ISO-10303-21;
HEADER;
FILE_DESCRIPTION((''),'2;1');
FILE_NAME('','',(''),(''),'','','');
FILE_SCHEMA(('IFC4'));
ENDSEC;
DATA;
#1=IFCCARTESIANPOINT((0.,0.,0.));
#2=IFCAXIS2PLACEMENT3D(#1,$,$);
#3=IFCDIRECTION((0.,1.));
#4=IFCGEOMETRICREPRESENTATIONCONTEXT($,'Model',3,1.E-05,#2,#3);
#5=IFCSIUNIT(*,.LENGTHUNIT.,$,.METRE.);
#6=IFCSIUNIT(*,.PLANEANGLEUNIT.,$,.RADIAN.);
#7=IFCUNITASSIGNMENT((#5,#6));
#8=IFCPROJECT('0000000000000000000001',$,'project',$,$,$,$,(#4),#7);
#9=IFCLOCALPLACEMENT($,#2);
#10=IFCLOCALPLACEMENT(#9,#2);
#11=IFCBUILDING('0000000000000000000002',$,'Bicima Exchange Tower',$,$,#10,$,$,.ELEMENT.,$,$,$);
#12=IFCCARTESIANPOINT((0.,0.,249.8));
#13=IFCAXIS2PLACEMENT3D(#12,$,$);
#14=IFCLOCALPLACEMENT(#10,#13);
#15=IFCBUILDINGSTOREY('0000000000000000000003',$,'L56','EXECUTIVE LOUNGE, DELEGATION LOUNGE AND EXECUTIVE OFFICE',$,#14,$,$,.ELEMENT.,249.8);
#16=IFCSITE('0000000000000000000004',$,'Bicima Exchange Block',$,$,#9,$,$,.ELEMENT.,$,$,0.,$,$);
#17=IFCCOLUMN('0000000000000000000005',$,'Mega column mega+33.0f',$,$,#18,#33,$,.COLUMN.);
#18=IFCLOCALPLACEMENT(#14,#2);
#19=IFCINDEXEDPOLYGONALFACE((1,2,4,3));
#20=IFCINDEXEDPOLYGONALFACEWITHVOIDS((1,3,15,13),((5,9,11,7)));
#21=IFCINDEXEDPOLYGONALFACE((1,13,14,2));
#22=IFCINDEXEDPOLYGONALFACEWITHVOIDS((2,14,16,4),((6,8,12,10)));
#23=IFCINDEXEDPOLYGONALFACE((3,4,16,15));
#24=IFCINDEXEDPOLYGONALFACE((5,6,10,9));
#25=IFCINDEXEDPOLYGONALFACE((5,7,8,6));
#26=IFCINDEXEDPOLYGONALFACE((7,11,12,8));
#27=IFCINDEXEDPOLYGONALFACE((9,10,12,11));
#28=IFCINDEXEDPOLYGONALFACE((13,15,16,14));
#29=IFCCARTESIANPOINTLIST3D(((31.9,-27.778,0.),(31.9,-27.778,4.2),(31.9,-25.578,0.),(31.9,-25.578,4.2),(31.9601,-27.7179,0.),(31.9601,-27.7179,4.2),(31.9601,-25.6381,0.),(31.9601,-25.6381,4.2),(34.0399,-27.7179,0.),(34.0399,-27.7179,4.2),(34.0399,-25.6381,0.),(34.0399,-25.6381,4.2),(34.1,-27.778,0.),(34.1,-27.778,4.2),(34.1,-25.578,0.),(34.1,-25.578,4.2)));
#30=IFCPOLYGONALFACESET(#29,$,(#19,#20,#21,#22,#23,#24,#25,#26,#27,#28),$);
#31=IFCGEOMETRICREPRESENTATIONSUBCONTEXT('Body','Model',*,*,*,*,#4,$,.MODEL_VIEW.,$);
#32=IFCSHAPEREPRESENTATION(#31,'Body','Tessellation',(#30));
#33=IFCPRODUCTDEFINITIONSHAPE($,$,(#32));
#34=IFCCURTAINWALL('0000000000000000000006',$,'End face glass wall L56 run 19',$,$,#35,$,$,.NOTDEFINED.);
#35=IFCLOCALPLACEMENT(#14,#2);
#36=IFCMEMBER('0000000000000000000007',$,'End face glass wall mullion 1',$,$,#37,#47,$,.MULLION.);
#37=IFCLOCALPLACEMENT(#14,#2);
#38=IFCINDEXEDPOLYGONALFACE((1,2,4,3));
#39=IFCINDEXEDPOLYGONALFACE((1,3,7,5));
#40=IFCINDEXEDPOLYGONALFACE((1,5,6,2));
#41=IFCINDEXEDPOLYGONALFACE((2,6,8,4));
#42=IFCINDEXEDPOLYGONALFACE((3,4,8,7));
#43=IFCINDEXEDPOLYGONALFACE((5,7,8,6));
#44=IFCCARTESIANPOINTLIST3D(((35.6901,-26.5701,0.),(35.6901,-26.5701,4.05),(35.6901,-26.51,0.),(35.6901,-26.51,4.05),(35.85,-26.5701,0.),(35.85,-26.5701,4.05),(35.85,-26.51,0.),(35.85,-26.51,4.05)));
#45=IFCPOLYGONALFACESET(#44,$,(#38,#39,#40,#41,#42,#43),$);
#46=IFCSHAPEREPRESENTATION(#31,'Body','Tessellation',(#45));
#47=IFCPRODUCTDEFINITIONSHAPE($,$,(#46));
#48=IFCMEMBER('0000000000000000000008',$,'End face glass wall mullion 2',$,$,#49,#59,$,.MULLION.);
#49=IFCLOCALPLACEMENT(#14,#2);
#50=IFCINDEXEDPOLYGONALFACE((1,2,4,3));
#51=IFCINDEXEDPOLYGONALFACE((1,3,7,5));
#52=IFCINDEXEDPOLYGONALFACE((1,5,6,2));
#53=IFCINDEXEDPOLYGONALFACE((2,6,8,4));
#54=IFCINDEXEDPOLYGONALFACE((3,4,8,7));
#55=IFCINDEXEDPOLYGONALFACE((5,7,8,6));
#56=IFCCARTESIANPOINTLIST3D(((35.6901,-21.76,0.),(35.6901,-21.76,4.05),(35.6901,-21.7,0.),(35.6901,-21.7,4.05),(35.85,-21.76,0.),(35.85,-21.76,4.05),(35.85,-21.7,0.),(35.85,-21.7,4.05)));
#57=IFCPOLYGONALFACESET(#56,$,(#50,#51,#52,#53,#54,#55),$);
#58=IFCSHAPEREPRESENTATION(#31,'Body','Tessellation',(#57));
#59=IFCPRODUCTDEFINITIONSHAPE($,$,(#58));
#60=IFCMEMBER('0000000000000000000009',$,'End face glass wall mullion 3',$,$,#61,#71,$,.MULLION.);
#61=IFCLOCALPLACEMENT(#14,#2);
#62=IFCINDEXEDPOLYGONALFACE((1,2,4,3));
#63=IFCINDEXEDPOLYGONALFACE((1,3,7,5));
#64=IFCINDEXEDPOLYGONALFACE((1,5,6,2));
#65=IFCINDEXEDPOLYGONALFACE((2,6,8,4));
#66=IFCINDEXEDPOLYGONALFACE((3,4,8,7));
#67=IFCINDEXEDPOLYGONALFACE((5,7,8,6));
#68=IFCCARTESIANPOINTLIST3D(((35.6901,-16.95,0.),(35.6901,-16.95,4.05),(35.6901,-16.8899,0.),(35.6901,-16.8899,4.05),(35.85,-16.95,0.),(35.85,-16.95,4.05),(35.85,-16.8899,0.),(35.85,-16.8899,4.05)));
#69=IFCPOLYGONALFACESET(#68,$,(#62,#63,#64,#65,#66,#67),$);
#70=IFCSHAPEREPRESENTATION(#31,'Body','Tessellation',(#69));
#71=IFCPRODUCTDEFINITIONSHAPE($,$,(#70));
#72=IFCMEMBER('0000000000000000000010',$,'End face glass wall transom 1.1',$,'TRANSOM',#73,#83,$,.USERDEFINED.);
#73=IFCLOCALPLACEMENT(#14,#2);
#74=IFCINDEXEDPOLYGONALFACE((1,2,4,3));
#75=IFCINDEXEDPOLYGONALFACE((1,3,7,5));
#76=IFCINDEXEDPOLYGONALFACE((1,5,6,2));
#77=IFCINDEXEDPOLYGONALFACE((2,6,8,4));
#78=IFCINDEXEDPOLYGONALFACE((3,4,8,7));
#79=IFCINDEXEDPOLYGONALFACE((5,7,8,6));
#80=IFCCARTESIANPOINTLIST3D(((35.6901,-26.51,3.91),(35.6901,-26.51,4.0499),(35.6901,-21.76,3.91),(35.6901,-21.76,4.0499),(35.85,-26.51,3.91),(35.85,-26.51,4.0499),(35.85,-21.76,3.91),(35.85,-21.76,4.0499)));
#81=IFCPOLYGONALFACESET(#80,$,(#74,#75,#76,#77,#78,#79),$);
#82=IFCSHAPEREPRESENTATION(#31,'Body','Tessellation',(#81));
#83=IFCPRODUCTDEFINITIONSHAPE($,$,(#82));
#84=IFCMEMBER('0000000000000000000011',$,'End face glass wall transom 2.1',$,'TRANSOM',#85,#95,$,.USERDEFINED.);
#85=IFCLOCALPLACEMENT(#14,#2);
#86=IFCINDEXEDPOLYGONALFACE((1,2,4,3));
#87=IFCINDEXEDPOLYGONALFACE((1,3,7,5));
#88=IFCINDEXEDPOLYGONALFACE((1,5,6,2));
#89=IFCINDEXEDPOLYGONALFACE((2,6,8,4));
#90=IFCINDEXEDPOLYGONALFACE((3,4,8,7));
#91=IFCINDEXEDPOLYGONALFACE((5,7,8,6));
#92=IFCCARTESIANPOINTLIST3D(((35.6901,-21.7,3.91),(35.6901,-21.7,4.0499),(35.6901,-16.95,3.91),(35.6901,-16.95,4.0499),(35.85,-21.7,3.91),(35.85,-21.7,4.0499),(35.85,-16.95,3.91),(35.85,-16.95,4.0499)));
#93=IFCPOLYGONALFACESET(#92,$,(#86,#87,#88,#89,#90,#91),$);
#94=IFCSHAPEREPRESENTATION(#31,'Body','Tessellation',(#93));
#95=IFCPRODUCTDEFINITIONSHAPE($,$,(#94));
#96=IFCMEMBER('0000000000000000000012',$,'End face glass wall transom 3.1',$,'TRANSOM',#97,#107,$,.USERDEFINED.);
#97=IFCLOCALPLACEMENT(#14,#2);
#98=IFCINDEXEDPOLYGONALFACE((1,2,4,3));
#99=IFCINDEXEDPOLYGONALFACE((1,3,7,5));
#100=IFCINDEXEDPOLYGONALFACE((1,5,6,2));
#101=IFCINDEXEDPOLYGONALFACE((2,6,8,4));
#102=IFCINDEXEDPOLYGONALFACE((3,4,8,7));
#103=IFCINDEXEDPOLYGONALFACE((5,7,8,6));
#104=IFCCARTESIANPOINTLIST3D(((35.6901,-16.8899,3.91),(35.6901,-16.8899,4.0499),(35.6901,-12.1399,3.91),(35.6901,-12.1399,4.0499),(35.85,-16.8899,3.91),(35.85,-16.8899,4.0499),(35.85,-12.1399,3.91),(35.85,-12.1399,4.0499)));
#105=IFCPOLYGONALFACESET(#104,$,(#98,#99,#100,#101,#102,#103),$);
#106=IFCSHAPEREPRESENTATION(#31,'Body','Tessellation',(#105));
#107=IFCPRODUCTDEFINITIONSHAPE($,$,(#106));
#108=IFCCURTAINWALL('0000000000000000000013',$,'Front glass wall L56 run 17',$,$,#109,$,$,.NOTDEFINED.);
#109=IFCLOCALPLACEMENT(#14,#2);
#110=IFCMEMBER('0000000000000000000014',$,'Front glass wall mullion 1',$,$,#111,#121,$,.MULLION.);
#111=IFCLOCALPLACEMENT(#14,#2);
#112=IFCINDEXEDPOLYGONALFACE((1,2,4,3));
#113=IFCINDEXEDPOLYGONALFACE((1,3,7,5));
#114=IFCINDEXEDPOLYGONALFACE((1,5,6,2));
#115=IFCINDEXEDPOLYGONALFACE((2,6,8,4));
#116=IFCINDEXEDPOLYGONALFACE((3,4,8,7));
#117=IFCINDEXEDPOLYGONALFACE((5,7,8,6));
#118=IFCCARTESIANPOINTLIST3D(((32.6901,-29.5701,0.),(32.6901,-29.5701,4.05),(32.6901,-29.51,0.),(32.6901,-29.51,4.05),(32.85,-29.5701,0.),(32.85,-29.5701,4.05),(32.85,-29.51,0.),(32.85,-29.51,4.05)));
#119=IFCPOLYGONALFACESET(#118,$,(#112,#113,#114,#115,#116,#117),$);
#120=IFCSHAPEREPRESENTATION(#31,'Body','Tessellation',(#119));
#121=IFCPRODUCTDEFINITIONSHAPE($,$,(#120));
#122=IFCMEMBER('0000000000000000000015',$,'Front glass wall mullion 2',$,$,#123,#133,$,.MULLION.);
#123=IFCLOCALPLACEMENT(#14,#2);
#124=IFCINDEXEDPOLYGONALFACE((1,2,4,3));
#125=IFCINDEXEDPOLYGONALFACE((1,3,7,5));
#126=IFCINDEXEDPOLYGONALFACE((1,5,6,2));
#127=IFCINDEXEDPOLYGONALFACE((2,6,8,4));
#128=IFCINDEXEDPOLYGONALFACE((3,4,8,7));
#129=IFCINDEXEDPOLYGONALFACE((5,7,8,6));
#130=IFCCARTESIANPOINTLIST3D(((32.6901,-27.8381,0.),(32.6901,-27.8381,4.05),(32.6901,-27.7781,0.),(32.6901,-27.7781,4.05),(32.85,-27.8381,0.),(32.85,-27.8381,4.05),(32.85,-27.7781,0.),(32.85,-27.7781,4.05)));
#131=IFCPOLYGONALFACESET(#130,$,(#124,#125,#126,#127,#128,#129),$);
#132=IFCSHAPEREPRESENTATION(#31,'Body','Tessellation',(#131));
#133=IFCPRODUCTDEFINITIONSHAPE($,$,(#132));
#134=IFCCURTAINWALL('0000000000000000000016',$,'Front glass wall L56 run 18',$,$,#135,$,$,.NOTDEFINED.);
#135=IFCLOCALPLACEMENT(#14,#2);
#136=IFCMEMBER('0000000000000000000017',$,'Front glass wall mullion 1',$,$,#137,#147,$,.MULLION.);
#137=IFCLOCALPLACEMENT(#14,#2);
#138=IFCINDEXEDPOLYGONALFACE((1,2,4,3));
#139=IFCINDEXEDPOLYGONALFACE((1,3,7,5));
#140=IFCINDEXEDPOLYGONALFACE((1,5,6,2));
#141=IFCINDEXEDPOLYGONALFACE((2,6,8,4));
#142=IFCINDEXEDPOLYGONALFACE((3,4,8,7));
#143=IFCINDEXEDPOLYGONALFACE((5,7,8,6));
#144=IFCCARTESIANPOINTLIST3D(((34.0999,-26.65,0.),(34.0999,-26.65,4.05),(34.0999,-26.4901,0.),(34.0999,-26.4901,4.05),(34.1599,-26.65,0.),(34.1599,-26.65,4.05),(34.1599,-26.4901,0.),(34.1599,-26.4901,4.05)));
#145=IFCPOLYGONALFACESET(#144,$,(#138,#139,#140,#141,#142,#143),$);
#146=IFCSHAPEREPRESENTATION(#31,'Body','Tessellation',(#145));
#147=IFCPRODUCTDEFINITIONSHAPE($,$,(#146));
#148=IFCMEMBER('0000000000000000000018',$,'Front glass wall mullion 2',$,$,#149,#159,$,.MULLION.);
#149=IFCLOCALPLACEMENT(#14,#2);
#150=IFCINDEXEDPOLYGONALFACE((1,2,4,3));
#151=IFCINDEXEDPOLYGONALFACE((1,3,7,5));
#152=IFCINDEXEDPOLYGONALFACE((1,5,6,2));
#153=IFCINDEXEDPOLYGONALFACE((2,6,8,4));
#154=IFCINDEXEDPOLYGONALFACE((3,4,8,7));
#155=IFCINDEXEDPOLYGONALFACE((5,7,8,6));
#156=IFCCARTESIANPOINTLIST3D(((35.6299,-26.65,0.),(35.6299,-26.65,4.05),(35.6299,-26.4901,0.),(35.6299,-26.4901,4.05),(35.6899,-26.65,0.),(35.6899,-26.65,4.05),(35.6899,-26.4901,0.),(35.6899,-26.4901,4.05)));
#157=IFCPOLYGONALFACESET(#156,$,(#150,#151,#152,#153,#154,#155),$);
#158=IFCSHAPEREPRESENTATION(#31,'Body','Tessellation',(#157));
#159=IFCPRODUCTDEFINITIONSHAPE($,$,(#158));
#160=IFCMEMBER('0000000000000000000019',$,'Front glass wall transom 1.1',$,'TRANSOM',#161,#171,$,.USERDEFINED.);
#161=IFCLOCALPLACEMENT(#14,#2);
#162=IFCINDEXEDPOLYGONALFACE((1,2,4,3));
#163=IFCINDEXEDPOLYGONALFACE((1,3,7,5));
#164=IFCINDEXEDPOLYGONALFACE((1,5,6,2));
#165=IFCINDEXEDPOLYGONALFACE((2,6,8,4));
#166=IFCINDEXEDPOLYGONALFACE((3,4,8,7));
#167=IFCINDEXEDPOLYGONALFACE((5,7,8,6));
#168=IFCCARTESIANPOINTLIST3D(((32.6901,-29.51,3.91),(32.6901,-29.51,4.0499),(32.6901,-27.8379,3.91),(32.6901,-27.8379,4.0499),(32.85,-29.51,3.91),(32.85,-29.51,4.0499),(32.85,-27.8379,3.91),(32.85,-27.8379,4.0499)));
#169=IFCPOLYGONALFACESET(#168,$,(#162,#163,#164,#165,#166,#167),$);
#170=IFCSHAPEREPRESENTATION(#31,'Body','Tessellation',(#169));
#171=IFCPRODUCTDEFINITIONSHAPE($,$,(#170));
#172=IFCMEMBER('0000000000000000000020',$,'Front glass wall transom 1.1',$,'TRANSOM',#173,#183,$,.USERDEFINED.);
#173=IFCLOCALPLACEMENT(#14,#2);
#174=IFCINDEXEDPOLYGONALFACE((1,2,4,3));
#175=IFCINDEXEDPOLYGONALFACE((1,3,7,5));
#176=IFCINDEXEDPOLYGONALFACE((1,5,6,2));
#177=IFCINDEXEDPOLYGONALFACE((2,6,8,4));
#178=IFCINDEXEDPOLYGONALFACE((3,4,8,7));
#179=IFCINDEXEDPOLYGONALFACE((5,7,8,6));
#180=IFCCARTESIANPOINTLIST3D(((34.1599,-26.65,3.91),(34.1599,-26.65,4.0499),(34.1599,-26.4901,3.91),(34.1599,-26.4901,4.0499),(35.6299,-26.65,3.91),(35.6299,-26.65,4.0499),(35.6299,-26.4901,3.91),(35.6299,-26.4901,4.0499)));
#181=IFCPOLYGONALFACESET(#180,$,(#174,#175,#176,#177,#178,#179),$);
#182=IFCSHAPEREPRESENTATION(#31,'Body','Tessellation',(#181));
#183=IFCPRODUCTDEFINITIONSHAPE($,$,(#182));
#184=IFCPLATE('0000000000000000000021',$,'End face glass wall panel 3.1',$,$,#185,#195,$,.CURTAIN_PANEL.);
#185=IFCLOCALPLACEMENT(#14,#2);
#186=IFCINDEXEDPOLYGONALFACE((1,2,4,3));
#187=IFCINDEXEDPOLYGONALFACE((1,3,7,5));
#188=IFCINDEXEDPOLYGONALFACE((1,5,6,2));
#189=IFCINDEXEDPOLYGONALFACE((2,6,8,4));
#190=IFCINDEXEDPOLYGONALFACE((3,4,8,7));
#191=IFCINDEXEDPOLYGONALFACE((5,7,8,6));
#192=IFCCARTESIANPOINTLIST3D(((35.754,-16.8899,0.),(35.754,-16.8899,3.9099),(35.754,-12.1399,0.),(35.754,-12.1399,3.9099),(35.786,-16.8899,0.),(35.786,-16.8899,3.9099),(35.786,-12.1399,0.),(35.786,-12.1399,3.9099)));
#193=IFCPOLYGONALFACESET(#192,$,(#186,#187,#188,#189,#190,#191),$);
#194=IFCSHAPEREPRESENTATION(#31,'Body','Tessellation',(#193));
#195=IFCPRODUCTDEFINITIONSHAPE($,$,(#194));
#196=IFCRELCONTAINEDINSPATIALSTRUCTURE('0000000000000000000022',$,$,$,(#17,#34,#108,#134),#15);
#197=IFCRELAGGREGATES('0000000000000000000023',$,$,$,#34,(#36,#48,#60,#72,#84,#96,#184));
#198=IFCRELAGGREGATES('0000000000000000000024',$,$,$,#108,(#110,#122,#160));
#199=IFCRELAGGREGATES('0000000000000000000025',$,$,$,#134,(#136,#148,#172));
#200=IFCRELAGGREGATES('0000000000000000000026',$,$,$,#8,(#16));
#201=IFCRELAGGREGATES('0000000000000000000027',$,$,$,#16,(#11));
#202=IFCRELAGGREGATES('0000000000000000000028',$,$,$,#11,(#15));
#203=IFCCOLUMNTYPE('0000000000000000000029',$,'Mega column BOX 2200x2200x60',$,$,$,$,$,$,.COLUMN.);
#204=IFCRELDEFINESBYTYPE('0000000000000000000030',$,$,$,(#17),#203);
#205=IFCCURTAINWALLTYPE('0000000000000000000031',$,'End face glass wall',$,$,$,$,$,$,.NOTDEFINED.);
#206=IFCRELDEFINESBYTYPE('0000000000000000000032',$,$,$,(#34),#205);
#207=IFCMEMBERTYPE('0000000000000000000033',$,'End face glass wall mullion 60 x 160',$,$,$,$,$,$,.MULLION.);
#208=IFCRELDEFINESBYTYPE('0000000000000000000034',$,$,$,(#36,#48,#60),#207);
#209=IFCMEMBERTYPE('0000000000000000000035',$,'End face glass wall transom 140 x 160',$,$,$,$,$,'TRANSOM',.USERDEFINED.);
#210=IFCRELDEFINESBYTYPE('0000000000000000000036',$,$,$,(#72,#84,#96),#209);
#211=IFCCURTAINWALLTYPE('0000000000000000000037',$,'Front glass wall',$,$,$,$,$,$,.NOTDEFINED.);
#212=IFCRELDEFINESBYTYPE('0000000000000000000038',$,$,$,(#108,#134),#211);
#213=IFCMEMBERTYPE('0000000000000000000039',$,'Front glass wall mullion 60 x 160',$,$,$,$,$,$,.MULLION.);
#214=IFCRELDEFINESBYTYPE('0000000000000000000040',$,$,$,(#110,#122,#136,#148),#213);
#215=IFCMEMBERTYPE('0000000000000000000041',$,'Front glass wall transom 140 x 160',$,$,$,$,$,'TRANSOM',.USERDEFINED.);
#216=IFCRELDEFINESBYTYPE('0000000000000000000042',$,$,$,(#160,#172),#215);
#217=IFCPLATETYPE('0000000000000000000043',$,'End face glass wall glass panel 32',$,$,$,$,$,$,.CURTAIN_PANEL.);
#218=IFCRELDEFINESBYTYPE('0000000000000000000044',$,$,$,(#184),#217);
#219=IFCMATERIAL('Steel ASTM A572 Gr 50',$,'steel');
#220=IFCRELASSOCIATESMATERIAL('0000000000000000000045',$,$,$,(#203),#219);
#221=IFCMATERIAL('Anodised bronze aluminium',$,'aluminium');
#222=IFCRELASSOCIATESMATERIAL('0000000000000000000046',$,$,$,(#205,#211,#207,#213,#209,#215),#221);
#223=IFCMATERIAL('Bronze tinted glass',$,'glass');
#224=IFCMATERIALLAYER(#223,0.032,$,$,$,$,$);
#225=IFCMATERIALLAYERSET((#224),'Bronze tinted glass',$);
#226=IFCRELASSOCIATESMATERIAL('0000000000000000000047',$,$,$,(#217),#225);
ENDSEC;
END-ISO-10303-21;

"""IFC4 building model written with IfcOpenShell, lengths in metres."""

from ifc_helpers import new_model, si_unit, direction, frame, origin, origin_2d, place, context, subcontext, project, spatial, rectangle, hollow_rectangle, extrude, material, layer, layer_set, material_profile, profile_set, type_object, element, aggregate, save


model = new_model("IFC4")

# Units and contexts
model_context = context("Model", 3, precision=1e-05, world=origin(), true_north=direction((0.0, 1.0)))
body_context = subcontext(model_context, "Body", "Model", "MODEL_VIEW")
ifc_project = project(units=[si_unit("LENGTHUNIT", "METRE"), si_unit("PLANEANGLEUNIT", "RADIAN")], contexts=[model_context])

# Site, building, storey
site_placement = place(None, origin())
site = spatial("IfcSite", under=ifc_project, at=site_placement, Name="Bicima Exchange Block", CompositionType="ELEMENT", RefElevation=0.0)
building_placement = place(site_placement, origin())
building = spatial("IfcBuilding", under=site, at=building_placement, Name="Bicima Exchange Tower", CompositionType="ELEMENT")
storey_placement = place(building_placement, frame((0.0, 0.0, 249.8)))
storey = spatial("IfcBuildingStorey", under=building, at=storey_placement, Name="L56", Description="EXECUTIVE LOUNGE, DELEGATION LOUNGE AND EXECUTIVE OFFICE", CompositionType="ELEMENT", Elevation=249.8)

# Column
ifc_material_1 = material(Name="Steel ASTM A572 Gr 50", Category="steel")
ifc_material_profile_1 = material_profile(ifc_material_1, hollow_rectangle(XDim=2.2, YDim=2.2, WallThickness=0.0601, at=origin_2d()))
ifc_profile_set_1 = profile_set([ifc_material_profile_1], Name="Steel ASTM A572 Gr 50")
column_type = type_object("IfcColumnType", Name="Mega column BOX 2200x2200x60", PredefinedType="COLUMN", material=ifc_profile_set_1)
column_placement = place(storey_placement, frame((33.0, -26.678, 0.0), z_axis=(0.0, 0.0, 1.0), x_axis=(1.0, 0.0, 0.0)))
element("IfcColumn", 1, at=column_placement, inside=storey, type_object=column_type, Name="Mega column mega+33.0f", PredefinedType="COLUMN", context=body_context, shape_type="SweptSolid", body=[
    extrude(hollow_rectangle(XDim=2.2, YDim=2.2, WallThickness=0.0601, at=origin_2d()), origin(), (0.0, 0.0, 1.0), 4.2),
])

# Curtain walls, members
ifc_material_2 = material(Name="Anodised bronze aluminium", Category="aluminium")
curtain_wall_type_1 = type_object("IfcCurtainWallType", Name="End face glass wall", PredefinedType="NOTDEFINED", material=ifc_material_2)
curtain_wall_1_placement = place(storey_placement, origin())
curtain_wall_1 = element("IfcCurtainWall", 2, at=curtain_wall_1_placement, inside=storey, type_object=curtain_wall_type_1, Name="End face glass wall L56 run 19", PredefinedType="NOTDEFINED")
ifc_material_profile_2 = material_profile(ifc_material_2, rectangle(XDim=0.1599, YDim=0.0601, at=origin_2d()))
ifc_profile_set_2 = profile_set([ifc_material_profile_2], Name="Anodised bronze aluminium")
member_type_1 = type_object("IfcMemberType", Name="End face glass wall mullion 60 x 160", PredefinedType="MULLION", material=ifc_profile_set_2)
member_1_placement = place(storey_placement, frame((35.77, -26.54, 0.0), z_axis=(0.0, 0.0, 1.0), x_axis=(-1.0, 0.0, 0.0)))
member_1 = element("IfcMember", 3, at=member_1_placement, type_object=member_type_1, Name="End face glass wall mullion 1", PredefinedType="MULLION", context=body_context, shape_type="SweptSolid", body=[
    extrude(rectangle(XDim=0.1599, YDim=0.0601, at=origin_2d()), origin(), (0.0, 0.0, 1.0), 4.05),
])
member_2_placement = place(storey_placement, frame((35.77, -21.73, 0.0), z_axis=(0.0, 0.0, 1.0), x_axis=(-1.0, 0.0, 0.0)))
member_2 = element("IfcMember", 4, at=member_2_placement, type_object=member_type_1, Name="End face glass wall mullion 2", PredefinedType="MULLION", context=body_context, shape_type="SweptSolid", body=[
    extrude(rectangle(XDim=0.1599, YDim=0.0601, at=origin_2d()), origin(), (0.0, 0.0, 1.0), 4.05),
])
member_3_placement = place(storey_placement, frame((35.77, -16.9199, 0.0), z_axis=(0.0, 0.0, 1.0), x_axis=(-1.0, 0.0, 0.0)))
member_3 = element("IfcMember", 5, at=member_3_placement, type_object=member_type_1, Name="End face glass wall mullion 3", PredefinedType="MULLION", context=body_context, shape_type="SweptSolid", body=[
    extrude(rectangle(XDim=0.1599, YDim=0.0601, at=origin_2d()), origin(), (0.0, 0.0, 1.0), 4.05),
])
ifc_material_profile_3 = material_profile(ifc_material_2, rectangle(XDim=0.1599, YDim=0.1399, at=origin_2d()))
ifc_profile_set_3 = profile_set([ifc_material_profile_3], Name="Anodised bronze aluminium")
member_type_2 = type_object("IfcMemberType", Name="End face glass wall transom 140 x 160", ElementType="TRANSOM", PredefinedType="USERDEFINED", material=ifc_profile_set_3)
member_4_placement = place(storey_placement, frame((35.77, -26.51, 3.98), z_axis=(0.0, 1.0, 0.0), x_axis=(-1.0, 0.0, 0.0)))
member_4 = element("IfcMember", 6, at=member_4_placement, type_object=member_type_2, Name="End face glass wall transom 1.1", ObjectType="TRANSOM", PredefinedType="USERDEFINED", context=body_context, shape_type="SweptSolid", body=[
    extrude(rectangle(XDim=0.1599, YDim=0.1399, at=origin_2d()), origin(), (0.0, 0.0, 1.0), 4.75),
])
member_5_placement = place(storey_placement, frame((35.77, -21.7, 3.98), z_axis=(0.0, 1.0, 0.0), x_axis=(-1.0, 0.0, 0.0)))
member_5 = element("IfcMember", 7, at=member_5_placement, type_object=member_type_2, Name="End face glass wall transom 2.1", ObjectType="TRANSOM", PredefinedType="USERDEFINED", context=body_context, shape_type="SweptSolid", body=[
    extrude(rectangle(XDim=0.1599, YDim=0.1399, at=origin_2d()), origin(), (0.0, 0.0, 1.0), 4.75),
])
member_6_placement = place(storey_placement, frame((35.77, -16.8899, 3.98), z_axis=(0.0, 1.0, 0.0), x_axis=(-1.0, 0.0, 0.0)))
member_6 = element("IfcMember", 8, at=member_6_placement, type_object=member_type_2, Name="End face glass wall transom 3.1", ObjectType="TRANSOM", PredefinedType="USERDEFINED", context=body_context, shape_type="SweptSolid", body=[
    extrude(rectangle(XDim=0.1599, YDim=0.1399, at=origin_2d()), origin(), (0.0, 0.0, 1.0), 4.75),
])
curtain_wall_type_2 = type_object("IfcCurtainWallType", Name="Front glass wall", PredefinedType="NOTDEFINED", material=ifc_material_2)
curtain_wall_2_placement = place(storey_placement, origin())
curtain_wall_2 = element("IfcCurtainWall", 9, at=curtain_wall_2_placement, inside=storey, type_object=curtain_wall_type_2, Name="Front glass wall L56 run 17", PredefinedType="NOTDEFINED")
member_type_3 = type_object("IfcMemberType", Name="Front glass wall mullion 60 x 160", PredefinedType="MULLION", material=ifc_profile_set_2)
member_7_placement = place(storey_placement, frame((32.77, -29.54, 0.0), z_axis=(0.0, 0.0, 1.0), x_axis=(-1.0, 0.0, 0.0)))
member_7 = element("IfcMember", 10, at=member_7_placement, type_object=member_type_3, Name="Front glass wall mullion 1", PredefinedType="MULLION", context=body_context, shape_type="SweptSolid", body=[
    extrude(rectangle(XDim=0.1599, YDim=0.0601, at=origin_2d()), origin(), (0.0, 0.0, 1.0), 4.05),
])
member_8_placement = place(storey_placement, frame((32.77, -27.8081, 0.0), z_axis=(0.0, 0.0, 1.0), x_axis=(-1.0, 0.0, 0.0)))
member_8 = element("IfcMember", 11, at=member_8_placement, type_object=member_type_3, Name="Front glass wall mullion 2", PredefinedType="MULLION", context=body_context, shape_type="SweptSolid", body=[
    extrude(rectangle(XDim=0.1599, YDim=0.0601, at=origin_2d()), origin(), (0.0, 0.0, 1.0), 4.05),
])
curtain_wall_3_placement = place(storey_placement, origin())
curtain_wall_3 = element("IfcCurtainWall", 12, at=curtain_wall_3_placement, inside=storey, type_object=curtain_wall_type_2, Name="Front glass wall L56 run 18", PredefinedType="NOTDEFINED")
member_9_placement = place(storey_placement, frame((34.1299, -26.5701, 0.0), z_axis=(0.0, 0.0, 1.0), x_axis=(0.0, 1.0, 0.0)))
member_9 = element("IfcMember", 13, at=member_9_placement, type_object=member_type_3, Name="Front glass wall mullion 1", PredefinedType="MULLION", context=body_context, shape_type="SweptSolid", body=[
    extrude(rectangle(XDim=0.1599, YDim=0.0601, at=origin_2d()), origin(), (0.0, 0.0, 1.0), 4.05),
])
member_10_placement = place(storey_placement, frame((35.6599, -26.5701, 0.0), z_axis=(0.0, 0.0, 1.0), x_axis=(0.0, 1.0, 0.0)))
member_10 = element("IfcMember", 14, at=member_10_placement, type_object=member_type_3, Name="Front glass wall mullion 2", PredefinedType="MULLION", context=body_context, shape_type="SweptSolid", body=[
    extrude(rectangle(XDim=0.1599, YDim=0.0601, at=origin_2d()), origin(), (0.0, 0.0, 1.0), 4.05),
])

# Members
member_type_4 = type_object("IfcMemberType", Name="Front glass wall transom 140 x 160", ElementType="TRANSOM", PredefinedType="USERDEFINED", material=ifc_profile_set_3)
member_11_placement = place(storey_placement, frame((32.77, -29.51, 3.98), z_axis=(0.0, 1.0, 0.0), x_axis=(-1.0, 0.0, 0.0)))
member_11 = element("IfcMember", 15, at=member_11_placement, type_object=member_type_4, Name="Front glass wall transom 1.1", ObjectType="TRANSOM", PredefinedType="USERDEFINED", context=body_context, shape_type="SweptSolid", body=[
    extrude(rectangle(XDim=0.1599, YDim=0.1399, at=origin_2d()), origin(), (0.0, 0.0, 1.0), 1.6721),
])
member_12_placement = place(storey_placement, frame((34.1599, -26.5701, 3.98), z_axis=(1.0, 0.0, 0.0), x_axis=(0.0, 1.0, 0.0)))
member_12 = element("IfcMember", 16, at=member_12_placement, type_object=member_type_4, Name="Front glass wall transom 1.1", ObjectType="TRANSOM", PredefinedType="USERDEFINED", context=body_context, shape_type="SweptSolid", body=[
    extrude(rectangle(XDim=0.1599, YDim=0.1399, at=origin_2d()), origin(), (0.0, 0.0, 1.0), 1.47),
])

# Plate
ifc_material_3 = material(Name="Bronze tinted glass", Category="glass")
ifc_layer_1 = layer(ifc_material_3, 0.032)
ifc_layer_set_1 = layer_set([ifc_layer_1], Name="Bronze tinted glass")
plate_type_1 = type_object("IfcPlateType", Name="End face glass wall glass panel 32", PredefinedType="CURTAIN_PANEL", material=ifc_layer_set_1)
plate_1_placement = place(storey_placement, frame((35.77, -14.5149, 0.0), z_axis=(0.0, 0.0, 1.0), x_axis=(0.0, 1.0, 0.0)))
plate_1 = element("IfcPlate", 17, at=plate_1_placement, type_object=plate_type_1, Name="End face glass wall panel 3.1", PredefinedType="CURTAIN_PANEL", context=body_context, shape_type="SweptSolid", body=[
    extrude(rectangle(XDim=4.75, YDim=0.032, at=origin_2d()), origin(), (0.0, 0.0, 1.0), 3.9099),
])
aggregate(curtain_wall_1, [member_1, member_2, member_3, member_4, member_5, member_6, plate_1])
aggregate(curtain_wall_2, [member_7, member_8, member_11])
aggregate(curtain_wall_3, [member_9, member_10, member_12])

save(model, "model.ifc")
